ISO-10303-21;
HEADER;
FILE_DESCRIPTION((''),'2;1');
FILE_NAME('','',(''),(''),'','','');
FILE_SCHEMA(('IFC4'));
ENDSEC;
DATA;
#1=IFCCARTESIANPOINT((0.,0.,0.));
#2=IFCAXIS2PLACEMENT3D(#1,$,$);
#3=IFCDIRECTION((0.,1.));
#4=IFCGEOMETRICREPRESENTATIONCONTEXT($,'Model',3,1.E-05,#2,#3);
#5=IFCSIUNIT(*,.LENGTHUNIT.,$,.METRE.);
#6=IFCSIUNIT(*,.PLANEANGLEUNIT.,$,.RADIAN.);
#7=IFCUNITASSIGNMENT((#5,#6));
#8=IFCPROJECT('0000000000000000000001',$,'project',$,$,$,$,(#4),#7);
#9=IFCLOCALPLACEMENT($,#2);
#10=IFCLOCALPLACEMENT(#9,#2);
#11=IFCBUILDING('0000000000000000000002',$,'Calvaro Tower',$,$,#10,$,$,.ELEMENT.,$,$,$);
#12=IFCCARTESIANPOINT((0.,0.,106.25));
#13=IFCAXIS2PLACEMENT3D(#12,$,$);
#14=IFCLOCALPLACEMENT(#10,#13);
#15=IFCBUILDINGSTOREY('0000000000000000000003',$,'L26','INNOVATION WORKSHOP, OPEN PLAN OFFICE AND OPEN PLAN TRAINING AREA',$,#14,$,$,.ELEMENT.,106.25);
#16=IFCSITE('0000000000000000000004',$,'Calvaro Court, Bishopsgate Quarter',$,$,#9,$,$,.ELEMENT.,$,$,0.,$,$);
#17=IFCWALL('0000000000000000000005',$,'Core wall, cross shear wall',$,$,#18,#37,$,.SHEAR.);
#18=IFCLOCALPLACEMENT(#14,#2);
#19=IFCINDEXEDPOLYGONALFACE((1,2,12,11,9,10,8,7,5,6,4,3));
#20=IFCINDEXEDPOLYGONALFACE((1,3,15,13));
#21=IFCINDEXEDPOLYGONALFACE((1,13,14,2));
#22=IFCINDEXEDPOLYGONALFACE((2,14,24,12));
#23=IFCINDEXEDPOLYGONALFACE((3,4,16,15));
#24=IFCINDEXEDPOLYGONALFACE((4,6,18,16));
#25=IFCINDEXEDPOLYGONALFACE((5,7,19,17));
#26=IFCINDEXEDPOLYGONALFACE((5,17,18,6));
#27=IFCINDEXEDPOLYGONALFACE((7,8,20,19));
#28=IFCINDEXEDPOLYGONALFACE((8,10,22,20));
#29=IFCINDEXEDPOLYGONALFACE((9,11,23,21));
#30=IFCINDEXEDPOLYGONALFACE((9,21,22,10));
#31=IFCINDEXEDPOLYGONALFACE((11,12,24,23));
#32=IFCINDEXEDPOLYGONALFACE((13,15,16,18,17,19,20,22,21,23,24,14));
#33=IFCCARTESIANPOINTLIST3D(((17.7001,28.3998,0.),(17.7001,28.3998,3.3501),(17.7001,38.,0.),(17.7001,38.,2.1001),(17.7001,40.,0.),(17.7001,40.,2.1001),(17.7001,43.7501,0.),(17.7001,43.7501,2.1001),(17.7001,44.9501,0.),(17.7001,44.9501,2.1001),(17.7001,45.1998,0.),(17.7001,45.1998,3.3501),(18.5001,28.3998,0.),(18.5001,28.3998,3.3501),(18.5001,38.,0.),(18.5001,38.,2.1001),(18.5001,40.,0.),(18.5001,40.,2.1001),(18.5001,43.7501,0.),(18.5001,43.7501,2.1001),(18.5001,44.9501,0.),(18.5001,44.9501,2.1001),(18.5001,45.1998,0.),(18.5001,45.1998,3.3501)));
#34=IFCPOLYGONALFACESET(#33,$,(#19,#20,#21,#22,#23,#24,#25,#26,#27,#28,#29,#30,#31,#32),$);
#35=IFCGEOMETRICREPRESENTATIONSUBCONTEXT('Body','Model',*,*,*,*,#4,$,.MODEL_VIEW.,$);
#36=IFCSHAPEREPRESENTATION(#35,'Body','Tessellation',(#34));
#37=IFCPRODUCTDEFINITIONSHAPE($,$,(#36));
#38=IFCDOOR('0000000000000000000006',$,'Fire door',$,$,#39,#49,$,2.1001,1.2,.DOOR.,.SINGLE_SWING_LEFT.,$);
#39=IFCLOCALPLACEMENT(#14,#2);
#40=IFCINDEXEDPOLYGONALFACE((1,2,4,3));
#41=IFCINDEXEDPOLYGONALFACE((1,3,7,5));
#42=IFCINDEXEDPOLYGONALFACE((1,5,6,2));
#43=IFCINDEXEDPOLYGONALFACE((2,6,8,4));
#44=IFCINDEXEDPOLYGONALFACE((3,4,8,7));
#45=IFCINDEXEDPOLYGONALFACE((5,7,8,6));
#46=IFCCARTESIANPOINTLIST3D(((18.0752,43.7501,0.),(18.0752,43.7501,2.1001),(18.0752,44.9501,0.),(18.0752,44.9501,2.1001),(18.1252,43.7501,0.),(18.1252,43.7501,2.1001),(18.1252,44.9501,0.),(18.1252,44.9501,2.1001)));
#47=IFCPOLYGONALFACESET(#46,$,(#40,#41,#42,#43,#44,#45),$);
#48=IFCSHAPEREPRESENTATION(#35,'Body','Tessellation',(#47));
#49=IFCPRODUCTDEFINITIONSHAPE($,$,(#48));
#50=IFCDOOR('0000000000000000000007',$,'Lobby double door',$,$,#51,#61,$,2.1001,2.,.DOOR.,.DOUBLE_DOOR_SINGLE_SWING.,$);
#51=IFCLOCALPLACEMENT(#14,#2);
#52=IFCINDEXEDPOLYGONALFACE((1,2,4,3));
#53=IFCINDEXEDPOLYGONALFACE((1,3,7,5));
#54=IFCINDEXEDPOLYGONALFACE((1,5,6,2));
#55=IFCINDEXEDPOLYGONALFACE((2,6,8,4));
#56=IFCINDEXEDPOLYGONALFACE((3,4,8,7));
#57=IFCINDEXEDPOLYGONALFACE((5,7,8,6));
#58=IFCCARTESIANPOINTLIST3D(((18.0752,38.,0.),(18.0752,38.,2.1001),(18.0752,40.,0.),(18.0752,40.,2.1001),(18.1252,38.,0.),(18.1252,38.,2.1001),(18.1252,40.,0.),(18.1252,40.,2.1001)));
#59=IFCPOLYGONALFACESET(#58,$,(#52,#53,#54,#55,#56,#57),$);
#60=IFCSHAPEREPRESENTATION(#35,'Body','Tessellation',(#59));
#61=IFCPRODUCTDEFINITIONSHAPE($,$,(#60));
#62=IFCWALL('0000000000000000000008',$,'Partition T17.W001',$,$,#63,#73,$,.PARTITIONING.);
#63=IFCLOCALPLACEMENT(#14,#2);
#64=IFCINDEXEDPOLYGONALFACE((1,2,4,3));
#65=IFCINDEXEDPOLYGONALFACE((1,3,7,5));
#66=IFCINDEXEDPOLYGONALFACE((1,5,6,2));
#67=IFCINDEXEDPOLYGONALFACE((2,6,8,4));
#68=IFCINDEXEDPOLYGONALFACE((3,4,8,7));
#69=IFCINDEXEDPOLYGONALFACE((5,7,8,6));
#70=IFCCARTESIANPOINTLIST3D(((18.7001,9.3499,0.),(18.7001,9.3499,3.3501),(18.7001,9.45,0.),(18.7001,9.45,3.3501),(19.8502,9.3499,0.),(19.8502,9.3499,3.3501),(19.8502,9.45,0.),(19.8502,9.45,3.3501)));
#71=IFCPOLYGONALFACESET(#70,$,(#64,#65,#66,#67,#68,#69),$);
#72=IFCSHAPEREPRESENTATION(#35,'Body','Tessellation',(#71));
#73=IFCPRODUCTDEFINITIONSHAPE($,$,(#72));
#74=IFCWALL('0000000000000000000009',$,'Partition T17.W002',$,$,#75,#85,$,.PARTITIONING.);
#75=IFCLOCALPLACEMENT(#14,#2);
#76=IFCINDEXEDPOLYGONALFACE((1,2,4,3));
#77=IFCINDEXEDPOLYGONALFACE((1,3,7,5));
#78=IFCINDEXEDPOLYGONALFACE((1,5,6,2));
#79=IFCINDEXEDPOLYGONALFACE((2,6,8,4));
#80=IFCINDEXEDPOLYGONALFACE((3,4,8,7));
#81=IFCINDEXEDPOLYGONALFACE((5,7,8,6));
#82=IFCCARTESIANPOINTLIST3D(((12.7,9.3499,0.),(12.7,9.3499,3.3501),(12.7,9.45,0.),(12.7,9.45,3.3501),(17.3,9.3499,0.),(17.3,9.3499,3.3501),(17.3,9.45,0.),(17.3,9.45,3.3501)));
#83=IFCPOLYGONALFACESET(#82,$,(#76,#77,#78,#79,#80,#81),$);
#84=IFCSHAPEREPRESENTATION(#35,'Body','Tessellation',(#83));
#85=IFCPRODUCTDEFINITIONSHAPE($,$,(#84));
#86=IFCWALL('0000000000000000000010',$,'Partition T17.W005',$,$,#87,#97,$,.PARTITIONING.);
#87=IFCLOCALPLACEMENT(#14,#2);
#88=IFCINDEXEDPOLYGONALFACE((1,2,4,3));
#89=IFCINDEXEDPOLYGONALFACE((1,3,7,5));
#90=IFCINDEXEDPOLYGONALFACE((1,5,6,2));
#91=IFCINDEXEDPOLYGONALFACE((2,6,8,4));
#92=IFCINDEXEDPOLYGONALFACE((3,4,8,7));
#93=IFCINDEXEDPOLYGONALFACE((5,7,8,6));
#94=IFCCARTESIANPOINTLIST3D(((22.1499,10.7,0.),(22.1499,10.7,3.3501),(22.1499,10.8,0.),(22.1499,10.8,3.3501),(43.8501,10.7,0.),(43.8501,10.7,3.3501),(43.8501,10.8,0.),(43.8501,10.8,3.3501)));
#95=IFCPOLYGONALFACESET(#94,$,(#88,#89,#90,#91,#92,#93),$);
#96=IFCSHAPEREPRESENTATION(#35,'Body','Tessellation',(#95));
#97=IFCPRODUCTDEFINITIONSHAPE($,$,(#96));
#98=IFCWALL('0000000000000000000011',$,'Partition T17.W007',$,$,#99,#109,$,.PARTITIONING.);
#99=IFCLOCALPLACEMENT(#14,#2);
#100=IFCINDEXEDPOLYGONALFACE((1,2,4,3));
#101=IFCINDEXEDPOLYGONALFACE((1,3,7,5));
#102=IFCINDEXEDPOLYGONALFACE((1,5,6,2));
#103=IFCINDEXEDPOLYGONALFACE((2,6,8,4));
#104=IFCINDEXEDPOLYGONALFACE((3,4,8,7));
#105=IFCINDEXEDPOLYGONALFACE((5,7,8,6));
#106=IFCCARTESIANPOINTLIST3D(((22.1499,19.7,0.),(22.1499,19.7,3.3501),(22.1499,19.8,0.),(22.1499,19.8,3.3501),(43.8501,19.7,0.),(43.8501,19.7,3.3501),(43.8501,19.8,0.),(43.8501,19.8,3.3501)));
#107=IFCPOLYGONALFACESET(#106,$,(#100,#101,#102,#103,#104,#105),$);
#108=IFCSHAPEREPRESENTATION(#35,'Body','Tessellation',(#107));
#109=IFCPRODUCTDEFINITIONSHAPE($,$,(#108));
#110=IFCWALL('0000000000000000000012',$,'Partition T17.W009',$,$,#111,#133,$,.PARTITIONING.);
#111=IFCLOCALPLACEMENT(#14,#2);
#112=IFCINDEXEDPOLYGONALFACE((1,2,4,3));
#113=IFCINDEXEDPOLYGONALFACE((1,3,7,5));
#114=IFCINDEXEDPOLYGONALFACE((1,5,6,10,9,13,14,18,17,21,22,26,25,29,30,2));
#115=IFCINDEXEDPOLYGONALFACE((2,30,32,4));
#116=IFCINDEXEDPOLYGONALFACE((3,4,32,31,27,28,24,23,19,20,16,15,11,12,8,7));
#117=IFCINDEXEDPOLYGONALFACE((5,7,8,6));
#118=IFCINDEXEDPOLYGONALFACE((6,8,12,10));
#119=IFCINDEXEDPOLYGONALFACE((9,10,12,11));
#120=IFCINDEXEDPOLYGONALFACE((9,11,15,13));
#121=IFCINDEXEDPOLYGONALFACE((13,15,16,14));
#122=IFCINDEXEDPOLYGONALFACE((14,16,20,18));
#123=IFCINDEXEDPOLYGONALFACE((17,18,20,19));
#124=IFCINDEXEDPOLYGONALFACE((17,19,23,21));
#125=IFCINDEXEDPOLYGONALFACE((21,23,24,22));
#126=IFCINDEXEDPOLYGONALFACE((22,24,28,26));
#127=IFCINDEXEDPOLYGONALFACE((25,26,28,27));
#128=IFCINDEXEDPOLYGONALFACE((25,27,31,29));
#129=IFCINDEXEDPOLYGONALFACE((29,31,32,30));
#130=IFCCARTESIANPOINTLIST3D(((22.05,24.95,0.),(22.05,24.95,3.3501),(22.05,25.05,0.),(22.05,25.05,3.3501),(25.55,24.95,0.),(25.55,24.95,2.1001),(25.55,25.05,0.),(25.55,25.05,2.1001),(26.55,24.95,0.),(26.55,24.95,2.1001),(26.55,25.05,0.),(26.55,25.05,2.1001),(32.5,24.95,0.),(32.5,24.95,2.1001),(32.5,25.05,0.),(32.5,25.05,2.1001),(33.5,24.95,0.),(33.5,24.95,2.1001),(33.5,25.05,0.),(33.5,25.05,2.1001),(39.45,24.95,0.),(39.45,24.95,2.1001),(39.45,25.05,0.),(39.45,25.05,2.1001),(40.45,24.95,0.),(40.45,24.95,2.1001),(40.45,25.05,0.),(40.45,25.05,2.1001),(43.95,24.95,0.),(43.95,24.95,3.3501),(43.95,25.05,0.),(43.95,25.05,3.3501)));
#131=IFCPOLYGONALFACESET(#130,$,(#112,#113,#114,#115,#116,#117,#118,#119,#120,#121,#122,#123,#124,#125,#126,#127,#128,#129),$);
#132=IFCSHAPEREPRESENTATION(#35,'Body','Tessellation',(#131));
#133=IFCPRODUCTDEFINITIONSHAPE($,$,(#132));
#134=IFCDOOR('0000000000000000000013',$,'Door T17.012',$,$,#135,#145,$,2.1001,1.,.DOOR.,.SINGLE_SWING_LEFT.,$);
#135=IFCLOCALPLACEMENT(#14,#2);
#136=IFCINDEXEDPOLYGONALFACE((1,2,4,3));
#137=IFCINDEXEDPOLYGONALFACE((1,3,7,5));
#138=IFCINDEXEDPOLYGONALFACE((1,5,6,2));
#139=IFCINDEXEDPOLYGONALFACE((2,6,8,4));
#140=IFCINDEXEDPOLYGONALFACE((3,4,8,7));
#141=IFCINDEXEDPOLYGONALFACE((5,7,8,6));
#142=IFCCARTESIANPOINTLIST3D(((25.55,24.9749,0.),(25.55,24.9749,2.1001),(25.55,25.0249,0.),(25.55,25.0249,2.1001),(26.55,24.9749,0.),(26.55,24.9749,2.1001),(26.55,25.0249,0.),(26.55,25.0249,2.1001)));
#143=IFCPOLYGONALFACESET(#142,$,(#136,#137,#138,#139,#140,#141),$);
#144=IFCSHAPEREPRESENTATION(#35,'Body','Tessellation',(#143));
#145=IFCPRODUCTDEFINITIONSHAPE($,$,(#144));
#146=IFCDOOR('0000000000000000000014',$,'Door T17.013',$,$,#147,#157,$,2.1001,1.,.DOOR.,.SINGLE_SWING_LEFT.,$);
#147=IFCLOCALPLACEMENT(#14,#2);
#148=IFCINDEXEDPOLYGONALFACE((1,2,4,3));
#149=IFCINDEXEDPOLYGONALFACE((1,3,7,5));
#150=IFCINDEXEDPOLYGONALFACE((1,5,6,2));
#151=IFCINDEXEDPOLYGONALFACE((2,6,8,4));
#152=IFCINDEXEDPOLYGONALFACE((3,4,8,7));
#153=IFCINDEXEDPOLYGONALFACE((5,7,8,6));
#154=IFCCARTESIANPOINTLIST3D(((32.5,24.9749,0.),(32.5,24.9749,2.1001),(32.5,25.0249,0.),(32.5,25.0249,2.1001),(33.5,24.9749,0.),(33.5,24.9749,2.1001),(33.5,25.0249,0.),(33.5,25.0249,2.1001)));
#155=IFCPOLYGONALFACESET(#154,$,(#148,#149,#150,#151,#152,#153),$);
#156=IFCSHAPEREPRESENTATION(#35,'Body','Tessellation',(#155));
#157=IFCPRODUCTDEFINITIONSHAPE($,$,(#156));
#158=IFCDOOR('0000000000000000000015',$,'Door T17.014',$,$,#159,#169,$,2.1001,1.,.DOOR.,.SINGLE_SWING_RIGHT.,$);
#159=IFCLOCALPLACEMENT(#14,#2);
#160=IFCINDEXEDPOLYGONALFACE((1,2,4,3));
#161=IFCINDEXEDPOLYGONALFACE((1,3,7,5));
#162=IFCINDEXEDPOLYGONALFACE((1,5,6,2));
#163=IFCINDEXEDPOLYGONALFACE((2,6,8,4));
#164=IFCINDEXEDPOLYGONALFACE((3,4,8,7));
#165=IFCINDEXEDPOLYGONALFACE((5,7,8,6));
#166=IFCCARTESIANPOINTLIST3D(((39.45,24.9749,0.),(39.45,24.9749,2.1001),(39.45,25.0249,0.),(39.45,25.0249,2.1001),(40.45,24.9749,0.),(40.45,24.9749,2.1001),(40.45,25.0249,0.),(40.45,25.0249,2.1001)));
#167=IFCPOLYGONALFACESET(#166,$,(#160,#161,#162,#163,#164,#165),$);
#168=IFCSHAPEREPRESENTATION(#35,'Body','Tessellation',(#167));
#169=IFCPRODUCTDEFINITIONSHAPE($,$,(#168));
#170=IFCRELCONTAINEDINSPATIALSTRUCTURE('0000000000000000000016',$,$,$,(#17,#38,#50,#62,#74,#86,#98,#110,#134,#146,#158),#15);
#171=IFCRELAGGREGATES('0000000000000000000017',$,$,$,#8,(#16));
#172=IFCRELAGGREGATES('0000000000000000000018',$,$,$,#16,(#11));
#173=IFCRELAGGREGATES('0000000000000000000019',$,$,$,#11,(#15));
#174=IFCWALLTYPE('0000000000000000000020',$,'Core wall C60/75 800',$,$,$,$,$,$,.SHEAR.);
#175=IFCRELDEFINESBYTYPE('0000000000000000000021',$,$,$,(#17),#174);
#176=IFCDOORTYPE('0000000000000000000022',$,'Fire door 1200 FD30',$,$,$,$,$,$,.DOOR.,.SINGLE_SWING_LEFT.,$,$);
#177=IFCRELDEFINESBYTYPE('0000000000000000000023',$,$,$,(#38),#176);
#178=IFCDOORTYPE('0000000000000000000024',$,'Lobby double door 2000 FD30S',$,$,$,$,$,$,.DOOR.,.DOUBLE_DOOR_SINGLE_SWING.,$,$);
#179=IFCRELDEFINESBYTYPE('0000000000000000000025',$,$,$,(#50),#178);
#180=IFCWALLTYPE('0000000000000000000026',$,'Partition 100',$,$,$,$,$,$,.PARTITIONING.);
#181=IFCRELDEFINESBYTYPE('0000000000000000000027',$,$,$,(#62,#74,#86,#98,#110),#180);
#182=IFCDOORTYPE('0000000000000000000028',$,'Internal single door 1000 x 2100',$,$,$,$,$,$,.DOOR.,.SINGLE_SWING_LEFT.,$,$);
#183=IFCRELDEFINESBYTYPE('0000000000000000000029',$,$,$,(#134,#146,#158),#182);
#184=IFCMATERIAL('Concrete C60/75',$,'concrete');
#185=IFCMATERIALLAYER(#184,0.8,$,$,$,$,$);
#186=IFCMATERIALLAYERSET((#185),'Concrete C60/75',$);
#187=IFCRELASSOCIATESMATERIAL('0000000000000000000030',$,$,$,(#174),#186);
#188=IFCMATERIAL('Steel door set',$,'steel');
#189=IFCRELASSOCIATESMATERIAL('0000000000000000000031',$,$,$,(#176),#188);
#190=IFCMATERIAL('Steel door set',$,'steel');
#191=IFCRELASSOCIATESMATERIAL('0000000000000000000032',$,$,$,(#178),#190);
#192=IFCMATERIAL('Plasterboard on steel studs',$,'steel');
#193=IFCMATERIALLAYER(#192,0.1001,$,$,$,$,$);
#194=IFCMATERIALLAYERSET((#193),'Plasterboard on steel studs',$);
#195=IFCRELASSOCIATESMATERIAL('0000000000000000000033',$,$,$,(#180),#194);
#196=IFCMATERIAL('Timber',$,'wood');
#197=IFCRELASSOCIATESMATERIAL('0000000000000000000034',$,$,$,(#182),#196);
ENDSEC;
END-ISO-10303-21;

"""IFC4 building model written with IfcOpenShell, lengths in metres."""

from ifc_helpers import new_model, si_unit, direction, frame, frame_2d, origin, place, context, subcontext, project, spatial, rectangle, extrude, material, layer, layer_set, type_object, element, fill, save


model = new_model("IFC4")

# Units and contexts
model_context = context("Model", 3, precision=1e-05, world=origin(), true_north=direction((0.0, 1.0)))
body_context = subcontext(model_context, "Body", "Model", "MODEL_VIEW")
ifc_project = project(units=[si_unit("LENGTHUNIT", "METRE"), si_unit("PLANEANGLEUNIT", "RADIAN")], contexts=[model_context])

# Site, building, storey
site_placement = place(None, origin())
site = spatial("IfcSite", under=ifc_project, at=site_placement, Name="Calvaro Court, Bishopsgate Quarter", CompositionType="ELEMENT", RefElevation=0.0)
building_placement = place(site_placement, origin())
building = spatial("IfcBuilding", under=site, at=building_placement, Name="Calvaro Tower", CompositionType="ELEMENT")
storey_placement = place(building_placement, frame((0.0, 0.0, 106.25)))
storey = spatial("IfcBuildingStorey", under=building, at=storey_placement, Name="L26", Description="INNOVATION WORKSHOP, OPEN PLAN OFFICE AND OPEN PLAN TRAINING AREA", CompositionType="ELEMENT", Elevation=106.25)

# Wall, openings, doors
ifc_material_1 = material(Name="Concrete C60/75", Category="concrete")
ifc_layer_1 = layer(ifc_material_1, 0.8)
ifc_layer_set_1 = layer_set([ifc_layer_1], Name="Concrete C60/75")
wall_type_1 = type_object("IfcWallType", Name="Core wall C60/75 800", PredefinedType="SHEAR", material=ifc_layer_set_1)
wall_1_placement = place(storey_placement, frame((18.1001, 28.3999, 0.0), z_axis=(0.0, 0.0, 1.0), x_axis=(0.0, 1.0, 0.0)))
wall_1 = element("IfcWall", 1, at=wall_1_placement, inside=storey, type_object=wall_type_1, Name="Core wall, cross shear wall", PredefinedType="SHEAR", context=body_context, shape_type="SweptSolid", body=[
    extrude(rectangle(XDim=16.8, YDim=0.8, at=frame_2d((8.3999, 0.0))), origin(), (0.0, 0.0, 1.0), 3.3501),
])
opening_1_placement = place(wall_1_placement, frame((9.6001, 0.0, 0.0)))
opening_1 = element("IfcOpeningElement", 2, at=opening_1_placement, cuts=wall_1, PredefinedType="OPENING", context=body_context, shape_type="SweptSolid", body=[
    extrude(rectangle(XDim=2.0, YDim=2.1001, at=frame_2d((1.0, 1.05))), frame((0.0, 0.4099, 0.0), z_axis=(0.0, -1.0, 0.0), x_axis=(1.0, 0.0, 0.0)), (0.0, 0.0, 1.0), 0.8201),
])
opening_2_placement = place(wall_1_placement, frame((15.3501, 0.0, 0.0)))
opening_2 = element("IfcOpeningElement", 3, at=opening_2_placement, cuts=wall_1, PredefinedType="OPENING", context=body_context, shape_type="SweptSolid", body=[
    extrude(rectangle(XDim=1.2, YDim=2.1001, at=frame_2d((0.6001, 1.05))), frame((0.0, 0.4099, 0.0), z_axis=(0.0, -1.0, 0.0), x_axis=(1.0, 0.0, 0.0)), (0.0, 0.0, 1.0), 0.8201),
])
ifc_material_2 = material(Name="Steel door set", Category="steel")
door_type_1 = type_object("IfcDoorType", Name="Fire door 1200 FD30", OperationType="SINGLE_SWING_LEFT", PredefinedType="DOOR", material=ifc_material_2)
door_1_placement = place(opening_2_placement, origin())
door_1 = element("IfcDoor", 4, at=door_1_placement, inside=storey, type_object=door_type_1, Name="Fire door", OperationType="SINGLE_SWING_LEFT", OverallHeight=2.1001, OverallWidth=1.2, PredefinedType="DOOR", context=body_context, shape_type="SweptSolid", body=[
    extrude(rectangle(XDim=1.2, YDim=2.1001, at=frame_2d((0.6001, 1.05))), frame((0.0, 0.0249, 0.0), z_axis=(0.0, -1.0, 0.0), x_axis=(1.0, 0.0, 0.0)), (0.0, 0.0, 1.0), 0.05),
])
fill(opening_2, door_1)
ifc_material_3 = material(Name="Steel door set", Category="steel")
door_type_2 = type_object("IfcDoorType", Name="Lobby double door 2000 FD30S", OperationType="DOUBLE_DOOR_SINGLE_SWING", PredefinedType="DOOR", material=ifc_material_3)
door_2_placement = place(opening_1_placement, origin())
door_2 = element("IfcDoor", 5, at=door_2_placement, inside=storey, type_object=door_type_2, Name="Lobby double door", OperationType="DOUBLE_DOOR_SINGLE_SWING", OverallHeight=2.1001, OverallWidth=2.0, PredefinedType="DOOR", context=body_context, shape_type="SweptSolid", body=[
    extrude(rectangle(XDim=2.0, YDim=2.1001, at=frame_2d((1.0, 1.05))), frame((0.0, 0.0249, 0.0), z_axis=(0.0, -1.0, 0.0), x_axis=(1.0, 0.0, 0.0)), (0.0, 0.0, 1.0), 0.05),
])
fill(opening_1, door_2)

# Walls
ifc_material_4 = material(Name="Plasterboard on steel studs", Category="steel")
ifc_layer_2 = layer(ifc_material_4, 0.1001)
ifc_layer_set_2 = layer_set([ifc_layer_2], Name="Plasterboard on steel studs")
wall_type_2 = type_object("IfcWallType", Name="Partition 100", PredefinedType="PARTITIONING", material=ifc_layer_set_2)
wall_2_placement = place(storey_placement, frame((18.7, 9.3999, 0.0), z_axis=(0.0, 0.0, 1.0), x_axis=(1.0, 0.0, 0.0)))
element("IfcWall", 6, at=wall_2_placement, inside=storey, type_object=wall_type_2, Name="Partition T17.W001", PredefinedType="PARTITIONING", context=body_context, shape_type="SweptSolid", body=[
    extrude(rectangle(XDim=1.1501, YDim=0.1001, at=frame_2d((0.5752, 0.0))), origin(), (0.0, 0.0, 1.0), 3.3501),
])
wall_3_placement = place(storey_placement, frame((12.7, 9.3999, 0.0), z_axis=(0.0, 0.0, 1.0), x_axis=(1.0, 0.0, 0.0)))
element("IfcWall", 7, at=wall_3_placement, inside=storey, type_object=wall_type_2, Name="Partition T17.W002", PredefinedType="PARTITIONING", context=body_context, shape_type="SweptSolid", body=[
    extrude(rectangle(XDim=4.6001, YDim=0.1001, at=frame_2d((2.3, 0.0))), origin(), (0.0, 0.0, 1.0), 3.3501),
])
for number, where, z_axis, x_axis, name in (
    (8, (22.1499, 10.75, 0.0), (0.0, 0.0, 1.0), (1.0, 0.0, 0.0), "Partition T17.W005"),
    (9, (22.1499, 19.75, 0.0), (0.0, 0.0, 1.0), (1.0, 0.0, 0.0), "Partition T17.W007"),
):
    element("IfcWall", number, at=place(storey_placement, frame(where, z_axis=z_axis, x_axis=x_axis)), inside=storey, type_object=wall_type_2, Name=name, PredefinedType="PARTITIONING", context=body_context, shape_type="SweptSolid", body=[
        extrude(rectangle(XDim=21.7002, YDim=0.1001, at=frame_2d((10.8501, 0.0))), origin(), (0.0, 0.0, 1.0), 3.3501),
    ])

# Wall, openings, doors
wall_4_placement = place(storey_placement, frame((22.05, 25.0, 0.0), z_axis=(0.0, 0.0, 1.0), x_axis=(1.0, 0.0, 0.0)))
wall_4 = element("IfcWall", 10, at=wall_4_placement, inside=storey, type_object=wall_type_2, Name="Partition T17.W009", PredefinedType="PARTITIONING", context=body_context, shape_type="SweptSolid", body=[
    extrude(rectangle(XDim=21.8999, YDim=0.1001, at=frame_2d((10.95, 0.0))), origin(), (0.0, 0.0, 1.0), 3.3501),
])
opening_3_placement = place(wall_4_placement, frame((3.5, 0.0, 0.0)))
opening_3 = element("IfcOpeningElement", 11, at=opening_3_placement, cuts=wall_4, PredefinedType="OPENING", context=body_context, shape_type="SweptSolid", body=[
    extrude(rectangle(XDim=1.0, YDim=2.1001, at=frame_2d((0.5, 1.05))), frame((0.0, 0.0601, 0.0), z_axis=(0.0, -1.0, 0.0), x_axis=(1.0, 0.0, 0.0)), (0.0, 0.0, 1.0), 0.1201),
])
opening_4_placement = place(wall_4_placement, frame((10.45, 0.0, 0.0)))
opening_4 = element("IfcOpeningElement", 12, at=opening_4_placement, cuts=wall_4, PredefinedType="OPENING", context=body_context, shape_type="SweptSolid", body=[
    extrude(rectangle(XDim=1.0, YDim=2.1001, at=frame_2d((0.5, 1.05))), frame((0.0, 0.0601, 0.0), z_axis=(0.0, -1.0, 0.0), x_axis=(1.0, 0.0, 0.0)), (0.0, 0.0, 1.0), 0.1201),
])
opening_5_placement = place(wall_4_placement, frame((17.3999, 0.0, 0.0)))
opening_5 = element("IfcOpeningElement", 13, at=opening_5_placement, cuts=wall_4, PredefinedType="OPENING", context=body_context, shape_type="SweptSolid", body=[
    extrude(rectangle(XDim=1.0, YDim=2.1001, at=frame_2d((0.5, 1.05))), frame((0.0, 0.0601, 0.0), z_axis=(0.0, -1.0, 0.0), x_axis=(1.0, 0.0, 0.0)), (0.0, 0.0, 1.0), 0.1201),
])
ifc_material_5 = material(Name="Timber", Category="wood")
door_type_3 = type_object("IfcDoorType", Name="Internal single door 1000 x 2100", OperationType="SINGLE_SWING_LEFT", PredefinedType="DOOR", material=ifc_material_5)
door_3_placement = place(opening_3_placement, origin())
door_3 = element("IfcDoor", 14, at=door_3_placement, inside=storey, type_object=door_type_3, Name="Door T17.012", OperationType="SINGLE_SWING_LEFT", OverallHeight=2.1001, OverallWidth=1.0, PredefinedType="DOOR", context=body_context, shape_type="SweptSolid", body=[
    extrude(rectangle(XDim=1.0, YDim=2.1001, at=frame_2d((0.5, 1.05))), frame((0.0, 0.0249, 0.0), z_axis=(0.0, -1.0, 0.0), x_axis=(1.0, 0.0, 0.0)), (0.0, 0.0, 1.0), 0.05),
])
fill(opening_3, door_3)
door_4_placement = place(opening_4_placement, origin())
door_4 = element("IfcDoor", 15, at=door_4_placement, inside=storey, type_object=door_type_3, Name="Door T17.013", OperationType="SINGLE_SWING_LEFT", OverallHeight=2.1001, OverallWidth=1.0, PredefinedType="DOOR", context=body_context, shape_type="SweptSolid", body=[
    extrude(rectangle(XDim=1.0, YDim=2.1001, at=frame_2d((0.5, 1.05))), frame((0.0, 0.0249, 0.0), z_axis=(0.0, -1.0, 0.0), x_axis=(1.0, 0.0, 0.0)), (0.0, 0.0, 1.0), 0.05),
])
fill(opening_4, door_4)
door_5_placement = place(opening_5_placement, origin())
door_5 = element("IfcDoor", 16, at=door_5_placement, inside=storey, type_object=door_type_3, Name="Door T17.014", OperationType="SINGLE_SWING_RIGHT", OverallHeight=2.1001, OverallWidth=1.0, PredefinedType="DOOR", context=body_context, shape_type="SweptSolid", body=[
    extrude(rectangle(XDim=1.0, YDim=2.1001, at=frame_2d((0.5, 1.05))), frame((0.0, 0.0249, 0.0), z_axis=(0.0, -1.0, 0.0), x_axis=(1.0, 0.0, 0.0)), (0.0, 0.0, 1.0), 0.05),
])
fill(opening_5, door_5)

save(model, "model.ifc")
